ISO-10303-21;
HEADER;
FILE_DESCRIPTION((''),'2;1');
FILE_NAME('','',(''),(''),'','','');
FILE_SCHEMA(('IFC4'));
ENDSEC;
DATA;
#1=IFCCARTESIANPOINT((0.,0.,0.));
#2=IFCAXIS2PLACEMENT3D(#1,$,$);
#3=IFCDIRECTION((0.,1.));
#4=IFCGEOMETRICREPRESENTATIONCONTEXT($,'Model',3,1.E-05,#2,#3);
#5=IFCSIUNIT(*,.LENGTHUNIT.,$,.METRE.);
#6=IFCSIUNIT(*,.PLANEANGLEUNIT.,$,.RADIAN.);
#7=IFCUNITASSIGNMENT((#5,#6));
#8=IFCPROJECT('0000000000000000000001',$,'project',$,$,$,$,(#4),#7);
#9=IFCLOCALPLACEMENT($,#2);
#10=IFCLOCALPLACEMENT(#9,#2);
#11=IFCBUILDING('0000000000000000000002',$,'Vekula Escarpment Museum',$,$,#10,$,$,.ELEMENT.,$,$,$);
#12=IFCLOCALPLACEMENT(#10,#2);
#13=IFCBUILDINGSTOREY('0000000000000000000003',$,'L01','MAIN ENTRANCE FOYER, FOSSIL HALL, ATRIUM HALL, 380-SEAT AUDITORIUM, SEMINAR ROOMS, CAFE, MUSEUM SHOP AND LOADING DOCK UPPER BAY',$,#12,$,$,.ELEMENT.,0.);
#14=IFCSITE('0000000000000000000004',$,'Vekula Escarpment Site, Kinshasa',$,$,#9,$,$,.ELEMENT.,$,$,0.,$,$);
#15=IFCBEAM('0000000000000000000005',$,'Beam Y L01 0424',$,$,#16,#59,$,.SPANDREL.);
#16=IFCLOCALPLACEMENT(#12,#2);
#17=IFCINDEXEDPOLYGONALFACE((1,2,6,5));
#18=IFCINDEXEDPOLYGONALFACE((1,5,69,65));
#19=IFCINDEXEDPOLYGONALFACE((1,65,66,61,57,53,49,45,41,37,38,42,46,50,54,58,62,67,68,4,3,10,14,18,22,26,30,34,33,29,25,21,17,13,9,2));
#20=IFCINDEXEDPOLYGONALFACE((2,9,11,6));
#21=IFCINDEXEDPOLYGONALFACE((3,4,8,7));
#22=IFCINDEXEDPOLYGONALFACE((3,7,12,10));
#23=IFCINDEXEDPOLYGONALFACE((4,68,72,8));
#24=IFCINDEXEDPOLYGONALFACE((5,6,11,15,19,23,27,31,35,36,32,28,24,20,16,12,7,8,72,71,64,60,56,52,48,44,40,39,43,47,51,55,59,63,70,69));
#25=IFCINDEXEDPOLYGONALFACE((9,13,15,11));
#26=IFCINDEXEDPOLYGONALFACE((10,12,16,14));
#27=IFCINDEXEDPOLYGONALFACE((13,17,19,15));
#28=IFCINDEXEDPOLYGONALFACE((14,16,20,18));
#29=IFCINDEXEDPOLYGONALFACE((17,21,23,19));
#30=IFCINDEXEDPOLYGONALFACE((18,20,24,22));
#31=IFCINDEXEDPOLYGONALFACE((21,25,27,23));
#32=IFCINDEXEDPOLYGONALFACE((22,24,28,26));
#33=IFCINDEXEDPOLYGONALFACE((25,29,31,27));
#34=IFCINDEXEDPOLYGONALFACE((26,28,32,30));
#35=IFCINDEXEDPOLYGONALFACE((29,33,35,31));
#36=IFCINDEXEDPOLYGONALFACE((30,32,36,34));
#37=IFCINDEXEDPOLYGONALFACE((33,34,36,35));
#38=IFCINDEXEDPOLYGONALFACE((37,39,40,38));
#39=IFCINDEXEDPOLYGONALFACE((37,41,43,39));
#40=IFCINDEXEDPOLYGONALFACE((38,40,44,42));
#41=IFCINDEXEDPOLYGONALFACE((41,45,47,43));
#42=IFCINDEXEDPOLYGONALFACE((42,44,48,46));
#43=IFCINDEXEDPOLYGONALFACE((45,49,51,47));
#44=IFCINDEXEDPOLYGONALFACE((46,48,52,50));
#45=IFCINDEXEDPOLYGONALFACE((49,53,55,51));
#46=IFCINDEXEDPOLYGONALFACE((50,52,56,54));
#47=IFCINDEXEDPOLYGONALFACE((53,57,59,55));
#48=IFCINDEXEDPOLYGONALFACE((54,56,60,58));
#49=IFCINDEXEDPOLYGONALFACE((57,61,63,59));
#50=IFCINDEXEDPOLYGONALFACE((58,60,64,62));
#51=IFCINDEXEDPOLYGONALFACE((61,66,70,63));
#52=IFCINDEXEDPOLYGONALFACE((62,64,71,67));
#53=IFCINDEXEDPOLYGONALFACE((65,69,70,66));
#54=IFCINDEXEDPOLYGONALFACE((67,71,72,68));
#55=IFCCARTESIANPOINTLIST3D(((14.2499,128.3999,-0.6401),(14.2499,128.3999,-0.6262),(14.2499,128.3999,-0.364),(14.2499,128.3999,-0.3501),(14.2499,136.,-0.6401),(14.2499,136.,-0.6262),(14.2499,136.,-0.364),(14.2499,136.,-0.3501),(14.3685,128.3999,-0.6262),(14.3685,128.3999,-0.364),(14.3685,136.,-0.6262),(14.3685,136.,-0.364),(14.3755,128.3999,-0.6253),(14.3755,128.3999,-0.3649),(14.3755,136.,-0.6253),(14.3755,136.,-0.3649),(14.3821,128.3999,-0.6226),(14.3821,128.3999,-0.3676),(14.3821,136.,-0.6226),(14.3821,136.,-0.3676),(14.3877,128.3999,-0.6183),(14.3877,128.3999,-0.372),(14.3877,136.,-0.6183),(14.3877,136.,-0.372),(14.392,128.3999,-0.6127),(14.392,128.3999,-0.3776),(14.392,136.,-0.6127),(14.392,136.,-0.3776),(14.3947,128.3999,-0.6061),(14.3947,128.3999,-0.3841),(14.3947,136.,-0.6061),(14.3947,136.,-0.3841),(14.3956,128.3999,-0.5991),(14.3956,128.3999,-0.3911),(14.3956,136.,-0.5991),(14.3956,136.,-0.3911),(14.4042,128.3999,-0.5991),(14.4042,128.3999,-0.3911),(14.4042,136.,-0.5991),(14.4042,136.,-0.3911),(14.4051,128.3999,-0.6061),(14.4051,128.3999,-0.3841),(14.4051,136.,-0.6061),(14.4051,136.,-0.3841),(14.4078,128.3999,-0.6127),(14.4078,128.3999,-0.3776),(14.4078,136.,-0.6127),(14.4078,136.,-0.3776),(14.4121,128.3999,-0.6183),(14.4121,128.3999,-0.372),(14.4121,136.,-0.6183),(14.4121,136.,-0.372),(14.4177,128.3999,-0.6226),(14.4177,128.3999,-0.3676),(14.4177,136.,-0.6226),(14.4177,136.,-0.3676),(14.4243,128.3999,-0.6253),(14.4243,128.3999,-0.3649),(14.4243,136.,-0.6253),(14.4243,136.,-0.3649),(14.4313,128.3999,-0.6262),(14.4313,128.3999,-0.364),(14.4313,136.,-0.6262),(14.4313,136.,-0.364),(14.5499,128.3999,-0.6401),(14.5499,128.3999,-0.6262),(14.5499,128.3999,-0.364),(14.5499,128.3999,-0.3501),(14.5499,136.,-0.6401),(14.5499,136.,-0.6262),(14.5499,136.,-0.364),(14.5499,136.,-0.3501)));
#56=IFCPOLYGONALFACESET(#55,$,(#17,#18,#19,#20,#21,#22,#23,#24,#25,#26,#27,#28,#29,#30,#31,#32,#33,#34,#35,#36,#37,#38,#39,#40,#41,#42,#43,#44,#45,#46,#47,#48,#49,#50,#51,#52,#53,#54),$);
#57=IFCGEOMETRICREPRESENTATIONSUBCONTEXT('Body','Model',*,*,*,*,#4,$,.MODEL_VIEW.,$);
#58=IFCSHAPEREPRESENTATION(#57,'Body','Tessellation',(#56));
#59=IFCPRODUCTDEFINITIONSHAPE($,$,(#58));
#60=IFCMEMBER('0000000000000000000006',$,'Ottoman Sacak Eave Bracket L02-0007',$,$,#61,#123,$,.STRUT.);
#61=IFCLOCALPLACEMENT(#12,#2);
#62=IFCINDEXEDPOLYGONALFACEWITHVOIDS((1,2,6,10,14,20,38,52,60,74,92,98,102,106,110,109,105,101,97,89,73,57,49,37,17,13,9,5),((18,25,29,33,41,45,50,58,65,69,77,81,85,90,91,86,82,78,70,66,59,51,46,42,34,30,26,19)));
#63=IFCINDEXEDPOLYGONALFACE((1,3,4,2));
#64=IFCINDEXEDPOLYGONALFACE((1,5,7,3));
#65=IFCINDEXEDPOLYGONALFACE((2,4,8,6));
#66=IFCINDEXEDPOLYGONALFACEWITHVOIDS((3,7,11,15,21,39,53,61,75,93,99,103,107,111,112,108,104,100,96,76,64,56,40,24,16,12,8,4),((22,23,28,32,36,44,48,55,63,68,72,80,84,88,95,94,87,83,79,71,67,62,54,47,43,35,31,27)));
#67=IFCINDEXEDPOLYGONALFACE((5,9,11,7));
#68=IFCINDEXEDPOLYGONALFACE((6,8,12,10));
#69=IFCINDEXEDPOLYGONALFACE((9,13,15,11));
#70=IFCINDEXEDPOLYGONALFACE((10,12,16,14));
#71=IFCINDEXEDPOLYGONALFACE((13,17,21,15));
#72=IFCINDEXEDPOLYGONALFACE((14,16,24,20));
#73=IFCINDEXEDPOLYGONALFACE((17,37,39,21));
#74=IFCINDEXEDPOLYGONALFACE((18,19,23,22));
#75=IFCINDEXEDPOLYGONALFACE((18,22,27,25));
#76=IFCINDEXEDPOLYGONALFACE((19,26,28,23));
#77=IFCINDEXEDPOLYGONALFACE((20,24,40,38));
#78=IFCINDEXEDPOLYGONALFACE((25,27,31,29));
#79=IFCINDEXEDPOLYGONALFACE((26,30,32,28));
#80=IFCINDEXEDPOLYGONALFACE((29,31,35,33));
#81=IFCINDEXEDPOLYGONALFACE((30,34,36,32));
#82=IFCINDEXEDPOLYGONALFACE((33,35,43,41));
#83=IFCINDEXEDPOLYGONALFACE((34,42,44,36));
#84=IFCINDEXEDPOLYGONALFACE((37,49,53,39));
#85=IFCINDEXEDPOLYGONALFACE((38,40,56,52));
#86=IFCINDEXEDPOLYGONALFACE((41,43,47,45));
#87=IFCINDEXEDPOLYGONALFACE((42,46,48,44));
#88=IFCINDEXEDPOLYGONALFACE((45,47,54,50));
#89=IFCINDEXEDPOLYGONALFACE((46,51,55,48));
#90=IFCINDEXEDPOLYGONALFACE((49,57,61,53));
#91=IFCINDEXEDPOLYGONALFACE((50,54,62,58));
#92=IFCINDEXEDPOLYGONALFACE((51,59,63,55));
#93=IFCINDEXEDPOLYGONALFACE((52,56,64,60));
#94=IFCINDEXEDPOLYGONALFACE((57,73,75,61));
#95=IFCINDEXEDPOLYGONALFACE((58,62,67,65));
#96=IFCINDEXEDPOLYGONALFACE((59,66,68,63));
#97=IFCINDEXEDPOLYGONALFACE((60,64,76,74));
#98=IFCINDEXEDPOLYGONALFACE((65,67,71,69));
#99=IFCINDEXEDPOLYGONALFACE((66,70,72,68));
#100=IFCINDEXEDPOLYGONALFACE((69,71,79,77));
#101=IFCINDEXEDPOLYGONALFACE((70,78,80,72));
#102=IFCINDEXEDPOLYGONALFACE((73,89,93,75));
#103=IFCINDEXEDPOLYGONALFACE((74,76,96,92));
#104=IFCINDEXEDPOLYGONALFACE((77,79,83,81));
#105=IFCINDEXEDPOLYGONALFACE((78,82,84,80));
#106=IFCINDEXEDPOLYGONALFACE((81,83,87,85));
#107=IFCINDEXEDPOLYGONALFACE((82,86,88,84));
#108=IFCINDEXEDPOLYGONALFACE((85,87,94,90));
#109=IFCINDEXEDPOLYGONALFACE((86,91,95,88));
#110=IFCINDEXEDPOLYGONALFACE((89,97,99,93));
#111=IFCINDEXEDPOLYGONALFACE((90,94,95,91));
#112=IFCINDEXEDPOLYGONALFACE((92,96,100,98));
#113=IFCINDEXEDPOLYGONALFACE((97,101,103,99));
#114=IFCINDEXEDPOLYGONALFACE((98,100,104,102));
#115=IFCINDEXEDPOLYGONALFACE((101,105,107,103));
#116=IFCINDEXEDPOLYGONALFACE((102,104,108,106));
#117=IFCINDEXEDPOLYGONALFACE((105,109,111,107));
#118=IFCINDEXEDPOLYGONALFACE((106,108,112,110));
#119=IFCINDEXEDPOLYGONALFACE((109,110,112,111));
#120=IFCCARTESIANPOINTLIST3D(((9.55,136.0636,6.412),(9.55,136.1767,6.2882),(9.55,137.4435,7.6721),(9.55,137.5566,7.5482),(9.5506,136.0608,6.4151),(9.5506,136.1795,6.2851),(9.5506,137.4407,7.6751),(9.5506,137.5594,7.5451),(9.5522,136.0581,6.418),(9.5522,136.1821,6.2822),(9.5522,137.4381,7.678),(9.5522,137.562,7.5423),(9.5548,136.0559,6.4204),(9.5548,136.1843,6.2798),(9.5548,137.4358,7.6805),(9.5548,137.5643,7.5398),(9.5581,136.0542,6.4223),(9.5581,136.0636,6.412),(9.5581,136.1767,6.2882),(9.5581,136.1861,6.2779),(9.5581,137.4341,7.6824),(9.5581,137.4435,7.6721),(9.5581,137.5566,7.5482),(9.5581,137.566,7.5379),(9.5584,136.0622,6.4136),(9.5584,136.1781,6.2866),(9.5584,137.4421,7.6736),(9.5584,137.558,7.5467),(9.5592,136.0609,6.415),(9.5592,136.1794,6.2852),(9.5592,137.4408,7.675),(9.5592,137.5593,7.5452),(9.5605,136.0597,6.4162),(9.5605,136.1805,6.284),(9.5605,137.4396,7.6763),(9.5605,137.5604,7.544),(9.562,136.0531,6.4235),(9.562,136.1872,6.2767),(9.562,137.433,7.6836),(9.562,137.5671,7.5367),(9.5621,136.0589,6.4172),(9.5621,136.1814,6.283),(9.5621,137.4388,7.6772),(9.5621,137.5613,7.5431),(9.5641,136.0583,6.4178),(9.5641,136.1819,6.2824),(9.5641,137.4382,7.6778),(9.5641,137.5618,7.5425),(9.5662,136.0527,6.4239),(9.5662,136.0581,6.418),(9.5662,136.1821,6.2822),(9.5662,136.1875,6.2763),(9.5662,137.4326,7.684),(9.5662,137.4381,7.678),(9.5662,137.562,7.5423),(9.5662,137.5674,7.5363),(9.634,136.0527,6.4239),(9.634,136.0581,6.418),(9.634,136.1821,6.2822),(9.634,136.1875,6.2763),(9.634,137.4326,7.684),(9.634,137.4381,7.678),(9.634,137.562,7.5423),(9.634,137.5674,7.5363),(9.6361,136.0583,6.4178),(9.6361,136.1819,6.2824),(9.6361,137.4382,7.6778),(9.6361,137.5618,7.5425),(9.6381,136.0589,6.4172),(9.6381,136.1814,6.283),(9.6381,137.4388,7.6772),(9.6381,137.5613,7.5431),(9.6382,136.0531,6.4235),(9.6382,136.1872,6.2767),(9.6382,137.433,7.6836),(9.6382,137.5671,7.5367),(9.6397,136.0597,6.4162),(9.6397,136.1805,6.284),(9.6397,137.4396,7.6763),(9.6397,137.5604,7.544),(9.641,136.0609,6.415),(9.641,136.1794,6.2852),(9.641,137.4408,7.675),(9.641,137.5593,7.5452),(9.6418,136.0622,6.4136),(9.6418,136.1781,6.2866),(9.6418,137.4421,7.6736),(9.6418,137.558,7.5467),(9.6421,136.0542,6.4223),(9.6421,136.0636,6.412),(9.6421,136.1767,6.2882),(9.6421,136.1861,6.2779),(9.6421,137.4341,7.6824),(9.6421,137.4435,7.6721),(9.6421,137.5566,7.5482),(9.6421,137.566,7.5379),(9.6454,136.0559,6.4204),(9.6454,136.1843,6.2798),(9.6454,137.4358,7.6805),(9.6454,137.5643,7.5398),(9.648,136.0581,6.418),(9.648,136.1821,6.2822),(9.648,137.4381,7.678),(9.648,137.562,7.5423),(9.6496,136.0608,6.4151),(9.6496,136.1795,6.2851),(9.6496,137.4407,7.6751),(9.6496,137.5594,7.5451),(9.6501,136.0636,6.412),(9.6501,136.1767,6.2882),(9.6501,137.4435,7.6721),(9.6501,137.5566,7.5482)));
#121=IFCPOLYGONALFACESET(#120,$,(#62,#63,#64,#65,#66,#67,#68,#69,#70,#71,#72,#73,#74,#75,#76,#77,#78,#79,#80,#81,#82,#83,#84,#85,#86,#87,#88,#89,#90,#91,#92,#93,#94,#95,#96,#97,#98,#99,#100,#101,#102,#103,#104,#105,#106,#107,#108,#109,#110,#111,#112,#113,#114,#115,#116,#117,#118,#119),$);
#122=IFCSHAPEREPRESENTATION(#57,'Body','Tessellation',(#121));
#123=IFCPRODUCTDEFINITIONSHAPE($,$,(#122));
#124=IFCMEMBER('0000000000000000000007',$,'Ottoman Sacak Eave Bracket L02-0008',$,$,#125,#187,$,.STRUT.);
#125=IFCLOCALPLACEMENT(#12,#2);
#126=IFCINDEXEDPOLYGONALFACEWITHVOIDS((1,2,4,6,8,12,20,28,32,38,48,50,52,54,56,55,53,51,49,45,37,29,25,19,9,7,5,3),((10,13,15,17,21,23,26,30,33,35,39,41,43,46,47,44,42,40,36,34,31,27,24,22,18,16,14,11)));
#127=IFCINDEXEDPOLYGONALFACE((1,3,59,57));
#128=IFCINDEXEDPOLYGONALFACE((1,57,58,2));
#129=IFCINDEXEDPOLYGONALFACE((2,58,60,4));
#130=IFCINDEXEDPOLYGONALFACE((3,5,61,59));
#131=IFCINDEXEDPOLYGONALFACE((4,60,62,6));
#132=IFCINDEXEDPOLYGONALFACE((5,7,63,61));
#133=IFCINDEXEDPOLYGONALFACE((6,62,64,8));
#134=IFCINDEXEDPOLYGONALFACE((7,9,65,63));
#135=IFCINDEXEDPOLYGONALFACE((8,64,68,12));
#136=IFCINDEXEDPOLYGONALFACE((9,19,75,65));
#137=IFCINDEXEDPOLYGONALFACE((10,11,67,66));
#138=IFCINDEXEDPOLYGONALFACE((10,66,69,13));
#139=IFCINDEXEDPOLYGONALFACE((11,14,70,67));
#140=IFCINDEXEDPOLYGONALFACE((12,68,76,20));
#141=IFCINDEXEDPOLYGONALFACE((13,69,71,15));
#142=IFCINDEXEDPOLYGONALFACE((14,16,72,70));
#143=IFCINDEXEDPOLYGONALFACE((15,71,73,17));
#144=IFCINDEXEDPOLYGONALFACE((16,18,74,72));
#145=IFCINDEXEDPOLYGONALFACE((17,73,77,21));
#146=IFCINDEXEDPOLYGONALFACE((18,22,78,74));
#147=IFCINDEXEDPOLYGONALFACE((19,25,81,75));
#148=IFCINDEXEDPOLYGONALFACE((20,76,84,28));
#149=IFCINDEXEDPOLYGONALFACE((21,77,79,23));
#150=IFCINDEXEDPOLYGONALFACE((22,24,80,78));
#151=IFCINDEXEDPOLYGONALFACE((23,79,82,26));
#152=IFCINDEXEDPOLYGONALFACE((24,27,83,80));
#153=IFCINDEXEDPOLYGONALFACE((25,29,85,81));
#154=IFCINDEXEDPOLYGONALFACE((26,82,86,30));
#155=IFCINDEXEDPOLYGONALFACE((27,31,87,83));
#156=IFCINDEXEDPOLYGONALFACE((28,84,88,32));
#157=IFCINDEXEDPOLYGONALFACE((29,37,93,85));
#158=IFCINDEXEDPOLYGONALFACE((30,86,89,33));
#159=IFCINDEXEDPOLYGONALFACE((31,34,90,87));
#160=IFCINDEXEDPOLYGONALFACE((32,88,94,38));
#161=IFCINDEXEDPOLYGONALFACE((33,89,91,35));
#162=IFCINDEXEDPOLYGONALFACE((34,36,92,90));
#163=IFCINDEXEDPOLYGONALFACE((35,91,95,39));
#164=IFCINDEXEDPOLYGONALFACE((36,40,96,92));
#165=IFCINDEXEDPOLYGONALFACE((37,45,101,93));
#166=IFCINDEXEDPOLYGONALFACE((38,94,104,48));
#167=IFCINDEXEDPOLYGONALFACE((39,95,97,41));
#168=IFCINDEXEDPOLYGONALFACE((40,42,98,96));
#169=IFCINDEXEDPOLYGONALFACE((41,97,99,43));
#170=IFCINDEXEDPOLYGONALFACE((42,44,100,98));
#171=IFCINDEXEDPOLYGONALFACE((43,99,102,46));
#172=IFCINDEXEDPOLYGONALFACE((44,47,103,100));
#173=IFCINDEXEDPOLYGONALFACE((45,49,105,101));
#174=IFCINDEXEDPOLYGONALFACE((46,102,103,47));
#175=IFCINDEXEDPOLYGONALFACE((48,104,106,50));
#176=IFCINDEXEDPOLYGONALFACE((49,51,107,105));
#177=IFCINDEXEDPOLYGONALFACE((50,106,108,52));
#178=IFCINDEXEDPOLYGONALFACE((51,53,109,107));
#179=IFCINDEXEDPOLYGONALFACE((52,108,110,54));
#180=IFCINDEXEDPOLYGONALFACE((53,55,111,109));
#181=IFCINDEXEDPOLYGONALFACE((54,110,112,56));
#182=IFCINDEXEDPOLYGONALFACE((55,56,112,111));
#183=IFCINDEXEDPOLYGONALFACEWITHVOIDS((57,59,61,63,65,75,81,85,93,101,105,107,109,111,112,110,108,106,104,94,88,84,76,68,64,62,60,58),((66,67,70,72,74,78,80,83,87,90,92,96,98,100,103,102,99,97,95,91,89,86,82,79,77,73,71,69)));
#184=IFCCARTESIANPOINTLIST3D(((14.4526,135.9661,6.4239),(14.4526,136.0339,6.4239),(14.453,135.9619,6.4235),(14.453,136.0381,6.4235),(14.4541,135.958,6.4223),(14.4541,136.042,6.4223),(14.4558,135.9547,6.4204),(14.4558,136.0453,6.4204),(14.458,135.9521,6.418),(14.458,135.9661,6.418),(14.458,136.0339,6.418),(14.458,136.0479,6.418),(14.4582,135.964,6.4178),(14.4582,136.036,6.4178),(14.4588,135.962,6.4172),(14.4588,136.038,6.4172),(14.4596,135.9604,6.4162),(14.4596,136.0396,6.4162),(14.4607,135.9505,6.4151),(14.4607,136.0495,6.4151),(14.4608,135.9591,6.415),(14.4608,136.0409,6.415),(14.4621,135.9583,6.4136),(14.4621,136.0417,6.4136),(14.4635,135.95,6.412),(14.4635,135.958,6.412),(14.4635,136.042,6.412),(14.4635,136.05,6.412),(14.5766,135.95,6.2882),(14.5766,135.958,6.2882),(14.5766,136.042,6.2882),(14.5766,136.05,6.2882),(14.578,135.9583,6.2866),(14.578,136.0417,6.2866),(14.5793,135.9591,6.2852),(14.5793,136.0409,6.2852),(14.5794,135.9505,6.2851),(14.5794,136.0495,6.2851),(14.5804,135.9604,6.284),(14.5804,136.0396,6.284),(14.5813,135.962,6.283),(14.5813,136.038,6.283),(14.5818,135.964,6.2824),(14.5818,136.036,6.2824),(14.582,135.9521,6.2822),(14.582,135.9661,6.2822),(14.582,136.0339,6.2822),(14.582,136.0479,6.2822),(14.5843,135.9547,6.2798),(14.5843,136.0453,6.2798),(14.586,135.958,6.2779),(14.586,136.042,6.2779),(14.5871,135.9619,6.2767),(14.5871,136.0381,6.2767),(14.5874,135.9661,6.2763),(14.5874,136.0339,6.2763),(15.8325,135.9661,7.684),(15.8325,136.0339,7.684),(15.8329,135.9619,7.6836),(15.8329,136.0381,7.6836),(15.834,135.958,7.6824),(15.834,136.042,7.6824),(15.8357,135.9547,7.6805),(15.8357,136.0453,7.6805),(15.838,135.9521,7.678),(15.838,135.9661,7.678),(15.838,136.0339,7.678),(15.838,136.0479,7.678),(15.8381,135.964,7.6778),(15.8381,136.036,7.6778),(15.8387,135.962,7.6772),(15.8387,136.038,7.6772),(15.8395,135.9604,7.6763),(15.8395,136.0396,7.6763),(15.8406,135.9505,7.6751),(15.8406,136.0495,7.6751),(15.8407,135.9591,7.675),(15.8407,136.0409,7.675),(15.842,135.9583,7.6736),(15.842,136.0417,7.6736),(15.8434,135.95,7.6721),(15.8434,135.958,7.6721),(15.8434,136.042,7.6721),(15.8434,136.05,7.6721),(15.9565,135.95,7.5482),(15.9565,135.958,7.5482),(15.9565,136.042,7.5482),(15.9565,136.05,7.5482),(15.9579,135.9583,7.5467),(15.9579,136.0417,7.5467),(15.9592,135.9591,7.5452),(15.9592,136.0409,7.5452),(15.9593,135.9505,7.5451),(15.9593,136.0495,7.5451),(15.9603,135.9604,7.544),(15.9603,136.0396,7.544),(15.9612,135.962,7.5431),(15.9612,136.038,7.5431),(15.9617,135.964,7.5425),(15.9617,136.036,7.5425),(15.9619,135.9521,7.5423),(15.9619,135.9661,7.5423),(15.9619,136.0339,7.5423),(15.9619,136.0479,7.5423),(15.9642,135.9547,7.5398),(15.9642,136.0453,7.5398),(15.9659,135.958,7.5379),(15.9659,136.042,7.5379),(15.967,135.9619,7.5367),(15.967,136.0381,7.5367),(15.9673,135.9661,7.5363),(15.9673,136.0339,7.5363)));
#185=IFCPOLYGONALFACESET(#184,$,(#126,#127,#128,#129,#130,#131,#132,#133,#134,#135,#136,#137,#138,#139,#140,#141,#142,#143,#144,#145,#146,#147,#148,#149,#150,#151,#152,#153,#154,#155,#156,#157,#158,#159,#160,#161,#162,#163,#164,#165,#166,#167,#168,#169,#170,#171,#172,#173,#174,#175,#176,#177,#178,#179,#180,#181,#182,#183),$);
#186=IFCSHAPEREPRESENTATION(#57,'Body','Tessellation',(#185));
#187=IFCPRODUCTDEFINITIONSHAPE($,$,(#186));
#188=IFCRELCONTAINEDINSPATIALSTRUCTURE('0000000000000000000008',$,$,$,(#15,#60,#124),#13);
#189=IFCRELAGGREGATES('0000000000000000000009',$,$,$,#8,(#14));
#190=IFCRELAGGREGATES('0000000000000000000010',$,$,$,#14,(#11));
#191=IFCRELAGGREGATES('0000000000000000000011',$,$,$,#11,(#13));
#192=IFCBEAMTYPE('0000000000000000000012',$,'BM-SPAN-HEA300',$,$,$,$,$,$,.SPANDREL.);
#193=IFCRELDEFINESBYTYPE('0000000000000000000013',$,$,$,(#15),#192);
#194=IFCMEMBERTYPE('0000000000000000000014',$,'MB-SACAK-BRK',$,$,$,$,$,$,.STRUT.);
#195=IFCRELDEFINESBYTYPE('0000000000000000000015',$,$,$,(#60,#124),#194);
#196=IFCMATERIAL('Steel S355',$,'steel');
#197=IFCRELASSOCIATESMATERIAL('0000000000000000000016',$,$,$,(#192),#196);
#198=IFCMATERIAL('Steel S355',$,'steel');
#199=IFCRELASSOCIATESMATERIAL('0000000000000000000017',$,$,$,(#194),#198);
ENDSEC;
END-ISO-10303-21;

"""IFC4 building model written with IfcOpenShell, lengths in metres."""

from ifc_helpers import new_model, si_unit, direction, frame, origin, origin_2d, place, context, subcontext, project, spatial, hollow_rectangle, i_section, extrude, material, material_profile, profile_set, type_object, element, save


model = new_model("IFC4")

# Units and contexts
model_context = context("Model", 3, precision=1e-05, world=origin(), true_north=direction((0.0, 1.0)))
body_context = subcontext(model_context, "Body", "Model", "MODEL_VIEW")
ifc_project = project(units=[si_unit("LENGTHUNIT", "METRE"), si_unit("PLANEANGLEUNIT", "RADIAN")], contexts=[model_context])

# Site, building, storey
site_placement = place(None, origin())
site = spatial("IfcSite", under=ifc_project, at=site_placement, Name="Vekula Escarpment Site, Kinshasa", CompositionType="ELEMENT", RefElevation=0.0)
building_placement = place(site_placement, origin())
building = spatial("IfcBuilding", under=site, at=building_placement, Name="Vekula Escarpment Museum", CompositionType="ELEMENT")
storey_placement = place(building_placement, origin())
storey = spatial("IfcBuildingStorey", under=building, at=storey_placement, Name="L01", Description="MAIN ENTRANCE FOYER, FOSSIL HALL, ATRIUM HALL, 380-SEAT AUDITORIUM, SEMINAR ROOMS, CAFE, MUSEUM SHOP AND LOADING DOCK UPPER BAY", CompositionType="ELEMENT", Elevation=0.0)

# Beam
ifc_material_1 = material(Name="Steel S355", Category="steel")
ifc_material_profile_1 = material_profile(ifc_material_1, i_section(OverallWidth=0.3, OverallDepth=0.29, WebThickness=0.0085, FlangeThickness=0.0139, FilletRadius=0.0271, at=origin_2d()), Name="HEA 300")
ifc_profile_set_1 = profile_set([ifc_material_profile_1], Name="Steel S355")
beam_type_1 = type_object("IfcBeamType", Name="BM-SPAN-HEA300", PredefinedType="SPANDREL", material=ifc_profile_set_1)
beam_1_placement = place(storey_placement, frame((14.3999, 128.3999, -0.4951), z_axis=(0.0, 1.0, 0.0), x_axis=(-1.0, 0.0, 0.0)))
element("IfcBeam", 1, at=beam_1_placement, inside=storey, type_object=beam_type_1, Name="Beam Y L01 0424", PredefinedType="SPANDREL", context=body_context, shape_type="SweptSolid", body=[
    extrude(i_section(OverallWidth=0.3, OverallDepth=0.29, WebThickness=0.0085, FlangeThickness=0.0139, FilletRadius=0.0271, at=origin_2d()), origin(), (0.0, 0.0, 1.0), 7.6001),
])

# Members
ifc_material_2 = material(Name="Steel S355", Category="steel")
ifc_material_profile_2 = material_profile(ifc_material_2, hollow_rectangle(XDim=0.1001, YDim=0.2, WallThickness=0.0081, InnerFilletRadius=0.0081, OuterFilletRadius=0.0161, at=origin_2d()), Name="RHS 200x100x8")
ifc_profile_set_2 = profile_set([ifc_material_profile_2], Name="Steel S355")
member_type = type_object("IfcMemberType", Name="MB-SACAK-BRK", PredefinedType="STRUT", material=ifc_profile_set_2)
for number, where, z_axis, x_axis, name in (
    (2, (9.6001, 136.1201, 6.3501), (0.0, 0.738454, 0.674303), (-1.0, 0.0, 0.0), "Ottoman Sacak Eave Bracket L02-0007"),
    (3, (14.52, 136.0, 6.3501), (0.738454, 0.0, 0.674303), (0.0, 1.0, 0.0), "Ottoman Sacak Eave Bracket L02-0008"),
):
    element("IfcMember", number, at=place(storey_placement, frame(where, z_axis=z_axis, x_axis=x_axis)), inside=storey, type_object=member_type, Name=name, PredefinedType="STRUT", context=body_context, shape_type="SweptSolid", body=[
        extrude(hollow_rectangle(XDim=0.1001, YDim=0.2, WallThickness=0.0081, InnerFilletRadius=0.0081, OuterFilletRadius=0.0161, at=origin_2d()), origin(), (0.0, 0.0, 1.0), 1.8687),
    ])

save(model, "model.ifc")
